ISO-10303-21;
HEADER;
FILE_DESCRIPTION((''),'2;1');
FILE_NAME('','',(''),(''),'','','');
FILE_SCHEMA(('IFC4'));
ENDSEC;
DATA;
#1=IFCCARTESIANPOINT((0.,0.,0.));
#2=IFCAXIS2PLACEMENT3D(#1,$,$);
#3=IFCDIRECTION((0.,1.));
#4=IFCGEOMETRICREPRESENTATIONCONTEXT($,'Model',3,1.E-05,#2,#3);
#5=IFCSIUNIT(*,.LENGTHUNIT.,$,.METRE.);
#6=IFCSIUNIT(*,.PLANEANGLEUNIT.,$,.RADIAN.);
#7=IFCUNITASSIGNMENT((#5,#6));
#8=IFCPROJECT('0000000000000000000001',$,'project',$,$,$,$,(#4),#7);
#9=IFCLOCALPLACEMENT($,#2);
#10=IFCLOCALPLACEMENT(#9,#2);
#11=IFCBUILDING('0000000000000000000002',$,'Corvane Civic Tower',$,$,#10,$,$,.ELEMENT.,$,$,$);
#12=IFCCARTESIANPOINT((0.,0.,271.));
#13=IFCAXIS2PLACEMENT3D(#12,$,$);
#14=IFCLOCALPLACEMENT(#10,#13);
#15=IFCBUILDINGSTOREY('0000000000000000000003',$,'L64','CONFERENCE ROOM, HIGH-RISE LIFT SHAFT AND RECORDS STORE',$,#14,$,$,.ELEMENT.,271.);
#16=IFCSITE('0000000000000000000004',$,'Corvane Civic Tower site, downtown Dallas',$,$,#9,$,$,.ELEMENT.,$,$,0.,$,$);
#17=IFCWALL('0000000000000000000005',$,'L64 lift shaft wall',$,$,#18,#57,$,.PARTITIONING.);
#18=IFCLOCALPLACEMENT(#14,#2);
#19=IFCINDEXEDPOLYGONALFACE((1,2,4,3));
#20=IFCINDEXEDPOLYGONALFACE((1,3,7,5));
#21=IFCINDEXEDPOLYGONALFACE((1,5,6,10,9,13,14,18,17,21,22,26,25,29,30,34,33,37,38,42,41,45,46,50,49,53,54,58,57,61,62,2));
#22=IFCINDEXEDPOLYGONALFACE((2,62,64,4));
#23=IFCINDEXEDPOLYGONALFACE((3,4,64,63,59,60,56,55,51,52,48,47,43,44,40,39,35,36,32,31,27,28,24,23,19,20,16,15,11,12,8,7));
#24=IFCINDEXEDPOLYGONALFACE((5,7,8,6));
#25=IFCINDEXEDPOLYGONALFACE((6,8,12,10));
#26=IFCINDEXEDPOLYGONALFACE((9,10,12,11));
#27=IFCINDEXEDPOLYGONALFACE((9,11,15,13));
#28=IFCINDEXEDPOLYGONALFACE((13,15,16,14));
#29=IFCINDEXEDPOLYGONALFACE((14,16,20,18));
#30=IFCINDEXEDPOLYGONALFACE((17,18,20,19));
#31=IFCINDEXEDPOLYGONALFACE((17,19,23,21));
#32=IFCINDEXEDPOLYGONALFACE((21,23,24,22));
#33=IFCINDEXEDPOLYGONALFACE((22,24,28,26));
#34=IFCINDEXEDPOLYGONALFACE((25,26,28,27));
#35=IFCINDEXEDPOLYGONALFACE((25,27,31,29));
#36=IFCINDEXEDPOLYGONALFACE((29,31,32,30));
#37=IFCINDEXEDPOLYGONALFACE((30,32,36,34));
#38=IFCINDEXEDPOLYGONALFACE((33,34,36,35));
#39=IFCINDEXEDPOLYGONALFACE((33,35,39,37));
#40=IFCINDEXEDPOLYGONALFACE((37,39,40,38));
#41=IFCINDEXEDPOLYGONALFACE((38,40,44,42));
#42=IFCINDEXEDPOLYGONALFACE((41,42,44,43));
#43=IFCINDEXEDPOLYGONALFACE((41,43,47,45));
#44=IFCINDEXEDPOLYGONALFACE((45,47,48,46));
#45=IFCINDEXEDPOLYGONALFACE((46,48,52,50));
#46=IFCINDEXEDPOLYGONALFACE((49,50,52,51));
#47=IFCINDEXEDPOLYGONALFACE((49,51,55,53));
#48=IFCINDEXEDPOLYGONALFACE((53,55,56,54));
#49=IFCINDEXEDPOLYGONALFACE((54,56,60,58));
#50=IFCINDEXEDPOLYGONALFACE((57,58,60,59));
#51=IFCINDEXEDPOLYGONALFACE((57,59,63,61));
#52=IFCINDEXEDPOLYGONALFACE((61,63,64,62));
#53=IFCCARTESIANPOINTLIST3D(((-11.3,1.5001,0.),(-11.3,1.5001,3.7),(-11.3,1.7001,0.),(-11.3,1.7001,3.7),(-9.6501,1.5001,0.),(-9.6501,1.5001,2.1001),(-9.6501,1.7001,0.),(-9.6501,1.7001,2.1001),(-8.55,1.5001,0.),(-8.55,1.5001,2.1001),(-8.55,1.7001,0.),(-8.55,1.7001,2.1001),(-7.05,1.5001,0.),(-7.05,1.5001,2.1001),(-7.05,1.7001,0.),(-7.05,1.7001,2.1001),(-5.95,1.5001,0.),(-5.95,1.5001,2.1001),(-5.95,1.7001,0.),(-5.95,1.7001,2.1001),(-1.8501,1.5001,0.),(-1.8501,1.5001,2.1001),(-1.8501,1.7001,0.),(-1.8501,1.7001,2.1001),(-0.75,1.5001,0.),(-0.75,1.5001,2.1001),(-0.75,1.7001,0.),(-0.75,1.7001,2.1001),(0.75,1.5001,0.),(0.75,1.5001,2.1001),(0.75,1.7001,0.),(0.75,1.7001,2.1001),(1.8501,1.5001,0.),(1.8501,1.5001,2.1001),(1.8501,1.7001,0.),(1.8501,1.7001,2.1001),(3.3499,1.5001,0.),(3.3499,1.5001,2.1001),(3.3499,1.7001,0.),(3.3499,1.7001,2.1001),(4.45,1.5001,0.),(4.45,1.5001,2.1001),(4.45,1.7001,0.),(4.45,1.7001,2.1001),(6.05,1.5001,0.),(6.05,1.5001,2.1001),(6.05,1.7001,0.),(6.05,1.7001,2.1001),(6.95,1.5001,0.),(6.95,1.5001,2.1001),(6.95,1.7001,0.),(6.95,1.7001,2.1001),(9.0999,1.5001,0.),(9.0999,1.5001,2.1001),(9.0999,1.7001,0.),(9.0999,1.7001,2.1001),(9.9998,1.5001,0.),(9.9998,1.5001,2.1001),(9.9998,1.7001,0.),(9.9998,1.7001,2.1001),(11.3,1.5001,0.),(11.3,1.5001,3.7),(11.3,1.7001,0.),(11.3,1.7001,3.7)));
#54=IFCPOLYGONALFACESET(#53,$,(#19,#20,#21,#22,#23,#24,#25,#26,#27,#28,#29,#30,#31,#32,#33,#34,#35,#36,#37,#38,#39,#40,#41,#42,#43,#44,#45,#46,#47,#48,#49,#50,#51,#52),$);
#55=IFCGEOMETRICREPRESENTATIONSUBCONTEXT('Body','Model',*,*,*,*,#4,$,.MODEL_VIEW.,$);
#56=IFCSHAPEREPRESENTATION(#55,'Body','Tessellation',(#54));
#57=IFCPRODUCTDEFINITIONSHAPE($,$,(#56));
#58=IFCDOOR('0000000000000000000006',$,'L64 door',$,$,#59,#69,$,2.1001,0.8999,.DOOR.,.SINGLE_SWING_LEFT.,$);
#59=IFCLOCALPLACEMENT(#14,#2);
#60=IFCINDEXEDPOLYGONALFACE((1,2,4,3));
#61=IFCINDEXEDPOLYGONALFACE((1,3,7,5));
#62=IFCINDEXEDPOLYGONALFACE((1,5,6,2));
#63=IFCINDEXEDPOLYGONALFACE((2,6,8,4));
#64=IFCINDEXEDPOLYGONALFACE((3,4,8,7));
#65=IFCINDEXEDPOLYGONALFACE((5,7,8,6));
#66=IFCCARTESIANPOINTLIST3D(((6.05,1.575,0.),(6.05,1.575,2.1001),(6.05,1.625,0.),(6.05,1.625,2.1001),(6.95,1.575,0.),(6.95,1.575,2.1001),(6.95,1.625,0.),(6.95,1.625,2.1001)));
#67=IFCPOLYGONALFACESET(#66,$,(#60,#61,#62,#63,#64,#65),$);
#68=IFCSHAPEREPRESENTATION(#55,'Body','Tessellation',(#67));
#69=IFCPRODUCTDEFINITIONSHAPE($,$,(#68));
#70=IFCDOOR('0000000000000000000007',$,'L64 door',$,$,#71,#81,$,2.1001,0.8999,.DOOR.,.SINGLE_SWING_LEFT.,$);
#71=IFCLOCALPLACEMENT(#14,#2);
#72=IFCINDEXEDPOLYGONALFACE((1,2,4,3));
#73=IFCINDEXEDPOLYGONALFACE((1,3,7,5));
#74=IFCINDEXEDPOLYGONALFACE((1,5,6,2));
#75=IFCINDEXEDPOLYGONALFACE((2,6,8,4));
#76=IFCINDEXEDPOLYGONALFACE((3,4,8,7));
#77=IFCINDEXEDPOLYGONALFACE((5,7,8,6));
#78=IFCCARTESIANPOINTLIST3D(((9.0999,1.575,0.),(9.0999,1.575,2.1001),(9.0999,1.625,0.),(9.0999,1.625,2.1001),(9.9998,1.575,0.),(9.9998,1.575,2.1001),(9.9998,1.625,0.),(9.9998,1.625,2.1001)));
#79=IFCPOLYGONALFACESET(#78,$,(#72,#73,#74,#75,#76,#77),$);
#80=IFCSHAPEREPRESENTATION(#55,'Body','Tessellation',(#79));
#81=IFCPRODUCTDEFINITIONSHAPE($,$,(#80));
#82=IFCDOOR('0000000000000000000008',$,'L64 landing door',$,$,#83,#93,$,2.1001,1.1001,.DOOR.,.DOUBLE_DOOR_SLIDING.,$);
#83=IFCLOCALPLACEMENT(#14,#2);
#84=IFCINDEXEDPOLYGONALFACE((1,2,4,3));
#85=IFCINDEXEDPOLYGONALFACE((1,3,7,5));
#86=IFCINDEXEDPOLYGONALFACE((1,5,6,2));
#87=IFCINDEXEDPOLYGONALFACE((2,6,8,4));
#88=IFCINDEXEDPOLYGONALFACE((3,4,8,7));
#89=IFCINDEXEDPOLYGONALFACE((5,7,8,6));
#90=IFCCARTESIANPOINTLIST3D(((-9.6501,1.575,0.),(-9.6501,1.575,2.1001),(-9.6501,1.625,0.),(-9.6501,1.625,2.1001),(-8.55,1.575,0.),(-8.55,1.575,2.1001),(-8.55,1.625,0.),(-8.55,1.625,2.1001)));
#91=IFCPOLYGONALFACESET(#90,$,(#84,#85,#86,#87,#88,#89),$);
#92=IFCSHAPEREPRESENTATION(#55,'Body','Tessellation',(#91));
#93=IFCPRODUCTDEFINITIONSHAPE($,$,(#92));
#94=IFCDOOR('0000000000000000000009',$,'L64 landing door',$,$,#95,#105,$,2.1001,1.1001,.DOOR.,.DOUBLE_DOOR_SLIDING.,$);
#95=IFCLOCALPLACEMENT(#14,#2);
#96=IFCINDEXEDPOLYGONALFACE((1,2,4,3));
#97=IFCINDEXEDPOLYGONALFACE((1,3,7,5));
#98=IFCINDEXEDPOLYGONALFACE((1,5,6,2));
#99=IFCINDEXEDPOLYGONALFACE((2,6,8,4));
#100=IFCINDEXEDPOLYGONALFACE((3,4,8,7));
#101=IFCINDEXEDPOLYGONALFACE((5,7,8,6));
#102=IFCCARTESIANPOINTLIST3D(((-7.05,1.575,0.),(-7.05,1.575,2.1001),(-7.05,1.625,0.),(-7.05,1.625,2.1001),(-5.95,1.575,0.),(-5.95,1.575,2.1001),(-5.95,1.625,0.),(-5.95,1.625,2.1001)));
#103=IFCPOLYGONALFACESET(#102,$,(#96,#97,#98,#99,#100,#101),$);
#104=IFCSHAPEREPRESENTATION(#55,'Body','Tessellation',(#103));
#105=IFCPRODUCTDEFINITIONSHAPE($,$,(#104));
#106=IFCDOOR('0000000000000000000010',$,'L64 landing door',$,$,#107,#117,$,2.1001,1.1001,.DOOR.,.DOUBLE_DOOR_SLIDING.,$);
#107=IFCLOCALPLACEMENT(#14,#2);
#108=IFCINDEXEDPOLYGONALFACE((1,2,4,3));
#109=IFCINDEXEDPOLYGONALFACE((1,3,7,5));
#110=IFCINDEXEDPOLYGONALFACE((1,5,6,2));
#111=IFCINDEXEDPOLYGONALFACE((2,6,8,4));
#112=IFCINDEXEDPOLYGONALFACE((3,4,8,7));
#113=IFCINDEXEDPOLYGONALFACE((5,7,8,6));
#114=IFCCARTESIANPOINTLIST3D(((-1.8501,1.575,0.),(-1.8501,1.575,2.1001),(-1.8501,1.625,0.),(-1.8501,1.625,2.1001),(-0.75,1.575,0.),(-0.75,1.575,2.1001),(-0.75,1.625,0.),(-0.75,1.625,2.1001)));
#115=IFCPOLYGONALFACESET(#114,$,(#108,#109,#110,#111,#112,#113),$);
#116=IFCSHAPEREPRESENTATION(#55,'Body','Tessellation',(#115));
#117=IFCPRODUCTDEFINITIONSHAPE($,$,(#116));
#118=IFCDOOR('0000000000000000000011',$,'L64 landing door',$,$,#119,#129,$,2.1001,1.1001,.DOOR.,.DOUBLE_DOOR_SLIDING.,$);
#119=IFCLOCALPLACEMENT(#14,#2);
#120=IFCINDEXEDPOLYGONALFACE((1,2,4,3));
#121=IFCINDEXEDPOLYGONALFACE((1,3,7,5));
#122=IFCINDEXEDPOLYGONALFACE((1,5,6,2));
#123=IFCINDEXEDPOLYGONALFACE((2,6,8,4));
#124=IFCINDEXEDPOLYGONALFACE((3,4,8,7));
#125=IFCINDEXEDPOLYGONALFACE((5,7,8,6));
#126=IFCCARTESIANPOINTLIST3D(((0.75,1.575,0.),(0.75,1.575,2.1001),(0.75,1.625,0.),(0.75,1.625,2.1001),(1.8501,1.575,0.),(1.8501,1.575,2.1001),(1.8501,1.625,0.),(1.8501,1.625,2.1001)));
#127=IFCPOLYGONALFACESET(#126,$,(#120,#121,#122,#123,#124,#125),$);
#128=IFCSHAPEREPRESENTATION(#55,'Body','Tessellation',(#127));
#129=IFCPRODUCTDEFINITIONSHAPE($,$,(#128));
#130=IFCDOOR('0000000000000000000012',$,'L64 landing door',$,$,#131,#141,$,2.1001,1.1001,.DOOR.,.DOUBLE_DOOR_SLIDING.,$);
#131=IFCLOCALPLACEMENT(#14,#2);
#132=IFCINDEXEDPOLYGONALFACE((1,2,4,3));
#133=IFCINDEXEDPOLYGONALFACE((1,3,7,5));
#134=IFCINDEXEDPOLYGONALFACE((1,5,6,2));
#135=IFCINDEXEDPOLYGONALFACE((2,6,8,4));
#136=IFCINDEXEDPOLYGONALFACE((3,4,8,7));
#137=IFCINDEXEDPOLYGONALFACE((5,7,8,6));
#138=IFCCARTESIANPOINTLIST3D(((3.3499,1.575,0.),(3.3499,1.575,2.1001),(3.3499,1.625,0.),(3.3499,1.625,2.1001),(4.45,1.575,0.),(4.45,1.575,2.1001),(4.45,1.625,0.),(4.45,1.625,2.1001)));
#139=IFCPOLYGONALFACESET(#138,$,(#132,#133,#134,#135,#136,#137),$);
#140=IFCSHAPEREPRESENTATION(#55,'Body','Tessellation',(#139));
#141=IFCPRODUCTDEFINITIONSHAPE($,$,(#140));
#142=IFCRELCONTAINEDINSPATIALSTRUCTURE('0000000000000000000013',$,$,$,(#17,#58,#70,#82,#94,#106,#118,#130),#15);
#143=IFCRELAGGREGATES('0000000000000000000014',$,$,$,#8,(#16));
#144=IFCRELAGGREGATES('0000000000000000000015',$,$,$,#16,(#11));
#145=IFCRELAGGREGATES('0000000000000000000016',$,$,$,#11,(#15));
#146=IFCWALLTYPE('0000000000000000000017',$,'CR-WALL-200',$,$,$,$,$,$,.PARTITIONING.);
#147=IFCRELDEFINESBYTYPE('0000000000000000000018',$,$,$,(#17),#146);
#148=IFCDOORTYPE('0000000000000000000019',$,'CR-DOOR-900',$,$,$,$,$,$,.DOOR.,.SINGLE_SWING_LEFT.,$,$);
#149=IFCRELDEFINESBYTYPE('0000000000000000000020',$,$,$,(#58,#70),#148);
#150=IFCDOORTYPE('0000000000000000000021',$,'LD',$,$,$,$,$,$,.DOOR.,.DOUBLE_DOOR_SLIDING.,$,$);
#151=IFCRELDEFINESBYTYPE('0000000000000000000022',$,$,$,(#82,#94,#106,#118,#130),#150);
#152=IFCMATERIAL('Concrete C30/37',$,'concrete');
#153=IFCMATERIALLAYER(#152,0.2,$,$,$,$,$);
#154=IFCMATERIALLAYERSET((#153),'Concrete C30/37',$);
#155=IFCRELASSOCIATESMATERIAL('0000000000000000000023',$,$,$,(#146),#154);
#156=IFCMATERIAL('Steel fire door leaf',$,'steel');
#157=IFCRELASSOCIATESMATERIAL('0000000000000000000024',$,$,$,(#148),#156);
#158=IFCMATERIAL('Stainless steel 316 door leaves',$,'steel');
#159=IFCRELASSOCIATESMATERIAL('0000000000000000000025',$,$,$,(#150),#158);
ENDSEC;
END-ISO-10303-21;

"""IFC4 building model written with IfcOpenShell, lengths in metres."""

from ifc_helpers import new_model, si_unit, direction, frame, frame_2d, origin, place, context, subcontext, project, spatial, rectangle, extrude, material, layer, layer_set, type_object, element, fill, save


model = new_model("IFC4")

# Units and contexts
model_context = context("Model", 3, precision=1e-05, world=origin(), true_north=direction((0.0, 1.0)))
body_context = subcontext(model_context, "Body", "Model", "MODEL_VIEW")
ifc_project = project(units=[si_unit("LENGTHUNIT", "METRE"), si_unit("PLANEANGLEUNIT", "RADIAN")], contexts=[model_context])

# Site, building, storey
site_placement = place(None, origin())
site = spatial("IfcSite", under=ifc_project, at=site_placement, Name="Corvane Civic Tower site, downtown Dallas", CompositionType="ELEMENT", RefElevation=0.0)
building_placement = place(site_placement, origin())
building = spatial("IfcBuilding", under=site, at=building_placement, Name="Corvane Civic Tower", CompositionType="ELEMENT")
storey_placement = place(building_placement, frame((0.0, 0.0, 271.0)))
storey = spatial("IfcBuildingStorey", under=building, at=storey_placement, Name="L64", Description="CONFERENCE ROOM, HIGH-RISE LIFT SHAFT AND RECORDS STORE", CompositionType="ELEMENT", Elevation=271.0)

# Wall, openings, doors
ifc_material_1 = material(Name="Concrete C30/37", Category="concrete")
ifc_layer_1 = layer(ifc_material_1, 0.2)
ifc_layer_set_1 = layer_set([ifc_layer_1], Name="Concrete C30/37")
wall_type_1 = type_object("IfcWallType", Name="CR-WALL-200", PredefinedType="PARTITIONING", material=ifc_layer_set_1)
wall_1_placement = place(storey_placement, frame((-11.3, 1.6001, 0.0), z_axis=(0.0, 0.0, 1.0), x_axis=(1.0, 0.0, 0.0)))
wall_1 = element("IfcWall", 1, at=wall_1_placement, inside=storey, type_object=wall_type_1, Name="L64 lift shaft wall", PredefinedType="PARTITIONING", context=body_context, shape_type="SweptSolid", body=[
    extrude(rectangle(XDim=22.6001, YDim=0.2, at=frame_2d((11.3, 0.0))), origin(), (0.0, 0.0, 1.0), 3.7),
])
opening_1_placement = place(wall_1_placement, frame((1.6499, 0.0, 0.0)))
opening_1 = element("IfcOpeningElement", 2, at=opening_1_placement, cuts=wall_1, PredefinedType="OPENING", context=body_context, shape_type="SweptSolid", body=[
    extrude(rectangle(XDim=1.1001, YDim=2.1001, at=frame_2d((0.55, 1.05))), frame((0.0, 0.1099, 0.0), z_axis=(0.0, -1.0, 0.0), x_axis=(1.0, 0.0, 0.0)), (0.0, 0.0, 1.0), 0.22),
])
opening_2_placement = place(wall_1_placement, frame((4.25, 0.0, 0.0)))
opening_2 = element("IfcOpeningElement", 3, at=opening_2_placement, cuts=wall_1, PredefinedType="OPENING", context=body_context, shape_type="SweptSolid", body=[
    extrude(rectangle(XDim=1.1001, YDim=2.1001, at=frame_2d((0.55, 1.05))), frame((0.0, 0.1099, 0.0), z_axis=(0.0, -1.0, 0.0), x_axis=(1.0, 0.0, 0.0)), (0.0, 0.0, 1.0), 0.22),
])
opening_3_placement = place(wall_1_placement, frame((9.45, 0.0, 0.0)))
opening_3 = element("IfcOpeningElement", 4, at=opening_3_placement, cuts=wall_1, PredefinedType="OPENING", context=body_context, shape_type="SweptSolid", body=[
    extrude(rectangle(XDim=1.1001, YDim=2.1001, at=frame_2d((0.55, 1.05))), frame((0.0, 0.1099, 0.0), z_axis=(0.0, -1.0, 0.0), x_axis=(1.0, 0.0, 0.0)), (0.0, 0.0, 1.0), 0.22),
])
opening_4_placement = place(wall_1_placement, frame((12.05, 0.0, 0.0)))
opening_4 = element("IfcOpeningElement", 5, at=opening_4_placement, cuts=wall_1, PredefinedType="OPENING", context=body_context, shape_type="SweptSolid", body=[
    extrude(rectangle(XDim=1.1001, YDim=2.1001, at=frame_2d((0.55, 1.05))), frame((0.0, 0.1099, 0.0), z_axis=(0.0, -1.0, 0.0), x_axis=(1.0, 0.0, 0.0)), (0.0, 0.0, 1.0), 0.22),
])
opening_5_placement = place(wall_1_placement, frame((14.6499, 0.0, 0.0)))
opening_5 = element("IfcOpeningElement", 6, at=opening_5_placement, cuts=wall_1, PredefinedType="OPENING", context=body_context, shape_type="SweptSolid", body=[
    extrude(rectangle(XDim=1.1001, YDim=2.1001, at=frame_2d((0.55, 1.05))), frame((0.0, 0.1099, 0.0), z_axis=(0.0, -1.0, 0.0), x_axis=(1.0, 0.0, 0.0)), (0.0, 0.0, 1.0), 0.22),
])
opening_6_placement = place(wall_1_placement, frame((17.3501, 0.0, 0.0)))
opening_6 = element("IfcOpeningElement", 7, at=opening_6_placement, cuts=wall_1, PredefinedType="OPENING", context=body_context, shape_type="SweptSolid", body=[
    extrude(rectangle(XDim=0.8999, YDim=2.1001, at=frame_2d((0.45, 1.05))), frame((0.0, 0.1099, 0.0), z_axis=(0.0, -1.0, 0.0), x_axis=(1.0, 0.0, 0.0)), (0.0, 0.0, 1.0), 0.22),
])
opening_7_placement = place(wall_1_placement, frame((20.3999, 0.0, 0.0)))
opening_7 = element("IfcOpeningElement", 8, at=opening_7_placement, cuts=wall_1, PredefinedType="OPENING", context=body_context, shape_type="SweptSolid", body=[
    extrude(rectangle(XDim=0.8999, YDim=2.1001, at=frame_2d((0.45, 1.05))), frame((0.0, 0.1099, 0.0), z_axis=(0.0, -1.0, 0.0), x_axis=(1.0, 0.0, 0.0)), (0.0, 0.0, 1.0), 0.22),
])
ifc_material_2 = material(Name="Steel fire door leaf", Category="steel")
door_type_1 = type_object("IfcDoorType", Name="CR-DOOR-900", OperationType="SINGLE_SWING_LEFT", PredefinedType="DOOR", material=ifc_material_2)
door_1_placement = place(opening_6_placement, origin())
door_1 = element("IfcDoor", 9, at=door_1_placement, inside=storey, type_object=door_type_1, Name="L64 door", OperationType="SINGLE_SWING_LEFT", OverallHeight=2.1001, OverallWidth=0.8999, PredefinedType="DOOR", context=body_context, shape_type="SweptSolid", body=[
    extrude(rectangle(XDim=0.8999, YDim=2.1001, at=frame_2d((0.45, 1.05))), frame((0.0, 0.0249, 0.0), z_axis=(0.0, -1.0, 0.0), x_axis=(1.0, 0.0, 0.0)), (0.0, 0.0, 1.0), 0.05),
])
fill(opening_6, door_1)
door_2_placement = place(opening_7_placement, origin())
door_2 = element("IfcDoor", 10, at=door_2_placement, inside=storey, type_object=door_type_1, Name="L64 door", OperationType="SINGLE_SWING_LEFT", OverallHeight=2.1001, OverallWidth=0.8999, PredefinedType="DOOR", context=body_context, shape_type="SweptSolid", body=[
    extrude(rectangle(XDim=0.8999, YDim=2.1001, at=frame_2d((0.45, 1.05))), frame((0.0, 0.0249, 0.0), z_axis=(0.0, -1.0, 0.0), x_axis=(1.0, 0.0, 0.0)), (0.0, 0.0, 1.0), 0.05),
])
fill(opening_7, door_2)
ifc_material_3 = material(Name="Stainless steel 316 door leaves", Category="steel")
door_type_2 = type_object("IfcDoorType", Name="LD", OperationType="DOUBLE_DOOR_SLIDING", PredefinedType="DOOR", material=ifc_material_3)
door_3_placement = place(opening_1_placement, origin())
door_3 = element("IfcDoor", 11, at=door_3_placement, inside=storey, type_object=door_type_2, Name="L64 landing door", OperationType="DOUBLE_DOOR_SLIDING", OverallHeight=2.1001, OverallWidth=1.1001, PredefinedType="DOOR", context=body_context, shape_type="SweptSolid", body=[
    extrude(rectangle(XDim=1.1001, YDim=2.1001, at=frame_2d((0.55, 1.05))), frame((0.0, 0.0249, 0.0), z_axis=(0.0, -1.0, 0.0), x_axis=(1.0, 0.0, 0.0)), (0.0, 0.0, 1.0), 0.05),
])
fill(opening_1, door_3)
door_4_placement = place(opening_2_placement, origin())
door_4 = element("IfcDoor", 12, at=door_4_placement, inside=storey, type_object=door_type_2, Name="L64 landing door", OperationType="DOUBLE_DOOR_SLIDING", OverallHeight=2.1001, OverallWidth=1.1001, PredefinedType="DOOR", context=body_context, shape_type="SweptSolid", body=[
    extrude(rectangle(XDim=1.1001, YDim=2.1001, at=frame_2d((0.55, 1.05))), frame((0.0, 0.0249, 0.0), z_axis=(0.0, -1.0, 0.0), x_axis=(1.0, 0.0, 0.0)), (0.0, 0.0, 1.0), 0.05),
])
fill(opening_2, door_4)
door_5_placement = place(opening_3_placement, origin())
door_5 = element("IfcDoor", 13, at=door_5_placement, inside=storey, type_object=door_type_2, Name="L64 landing door", OperationType="DOUBLE_DOOR_SLIDING", OverallHeight=2.1001, OverallWidth=1.1001, PredefinedType="DOOR", context=body_context, shape_type="SweptSolid", body=[
    extrude(rectangle(XDim=1.1001, YDim=2.1001, at=frame_2d((0.55, 1.05))), frame((0.0, 0.0249, 0.0), z_axis=(0.0, -1.0, 0.0), x_axis=(1.0, 0.0, 0.0)), (0.0, 0.0, 1.0), 0.05),
])
fill(opening_3, door_5)
door_6_placement = place(opening_4_placement, origin())
door_6 = element("IfcDoor", 14, at=door_6_placement, inside=storey, type_object=door_type_2, Name="L64 landing door", OperationType="DOUBLE_DOOR_SLIDING", OverallHeight=2.1001, OverallWidth=1.1001, PredefinedType="DOOR", context=body_context, shape_type="SweptSolid", body=[
    extrude(rectangle(XDim=1.1001, YDim=2.1001, at=frame_2d((0.55, 1.05))), frame((0.0, 0.0249, 0.0), z_axis=(0.0, -1.0, 0.0), x_axis=(1.0, 0.0, 0.0)), (0.0, 0.0, 1.0), 0.05),
])
fill(opening_4, door_6)
door_7_placement = place(opening_5_placement, origin())
door_7 = element("IfcDoor", 15, at=door_7_placement, inside=storey, type_object=door_type_2, Name="L64 landing door", OperationType="DOUBLE_DOOR_SLIDING", OverallHeight=2.1001, OverallWidth=1.1001, PredefinedType="DOOR", context=body_context, shape_type="SweptSolid", body=[
    extrude(rectangle(XDim=1.1001, YDim=2.1001, at=frame_2d((0.55, 1.05))), frame((0.0, 0.0249, 0.0), z_axis=(0.0, -1.0, 0.0), x_axis=(1.0, 0.0, 0.0)), (0.0, 0.0, 1.0), 0.05),
])
fill(opening_5, door_7)

save(model, "model.ifc")
